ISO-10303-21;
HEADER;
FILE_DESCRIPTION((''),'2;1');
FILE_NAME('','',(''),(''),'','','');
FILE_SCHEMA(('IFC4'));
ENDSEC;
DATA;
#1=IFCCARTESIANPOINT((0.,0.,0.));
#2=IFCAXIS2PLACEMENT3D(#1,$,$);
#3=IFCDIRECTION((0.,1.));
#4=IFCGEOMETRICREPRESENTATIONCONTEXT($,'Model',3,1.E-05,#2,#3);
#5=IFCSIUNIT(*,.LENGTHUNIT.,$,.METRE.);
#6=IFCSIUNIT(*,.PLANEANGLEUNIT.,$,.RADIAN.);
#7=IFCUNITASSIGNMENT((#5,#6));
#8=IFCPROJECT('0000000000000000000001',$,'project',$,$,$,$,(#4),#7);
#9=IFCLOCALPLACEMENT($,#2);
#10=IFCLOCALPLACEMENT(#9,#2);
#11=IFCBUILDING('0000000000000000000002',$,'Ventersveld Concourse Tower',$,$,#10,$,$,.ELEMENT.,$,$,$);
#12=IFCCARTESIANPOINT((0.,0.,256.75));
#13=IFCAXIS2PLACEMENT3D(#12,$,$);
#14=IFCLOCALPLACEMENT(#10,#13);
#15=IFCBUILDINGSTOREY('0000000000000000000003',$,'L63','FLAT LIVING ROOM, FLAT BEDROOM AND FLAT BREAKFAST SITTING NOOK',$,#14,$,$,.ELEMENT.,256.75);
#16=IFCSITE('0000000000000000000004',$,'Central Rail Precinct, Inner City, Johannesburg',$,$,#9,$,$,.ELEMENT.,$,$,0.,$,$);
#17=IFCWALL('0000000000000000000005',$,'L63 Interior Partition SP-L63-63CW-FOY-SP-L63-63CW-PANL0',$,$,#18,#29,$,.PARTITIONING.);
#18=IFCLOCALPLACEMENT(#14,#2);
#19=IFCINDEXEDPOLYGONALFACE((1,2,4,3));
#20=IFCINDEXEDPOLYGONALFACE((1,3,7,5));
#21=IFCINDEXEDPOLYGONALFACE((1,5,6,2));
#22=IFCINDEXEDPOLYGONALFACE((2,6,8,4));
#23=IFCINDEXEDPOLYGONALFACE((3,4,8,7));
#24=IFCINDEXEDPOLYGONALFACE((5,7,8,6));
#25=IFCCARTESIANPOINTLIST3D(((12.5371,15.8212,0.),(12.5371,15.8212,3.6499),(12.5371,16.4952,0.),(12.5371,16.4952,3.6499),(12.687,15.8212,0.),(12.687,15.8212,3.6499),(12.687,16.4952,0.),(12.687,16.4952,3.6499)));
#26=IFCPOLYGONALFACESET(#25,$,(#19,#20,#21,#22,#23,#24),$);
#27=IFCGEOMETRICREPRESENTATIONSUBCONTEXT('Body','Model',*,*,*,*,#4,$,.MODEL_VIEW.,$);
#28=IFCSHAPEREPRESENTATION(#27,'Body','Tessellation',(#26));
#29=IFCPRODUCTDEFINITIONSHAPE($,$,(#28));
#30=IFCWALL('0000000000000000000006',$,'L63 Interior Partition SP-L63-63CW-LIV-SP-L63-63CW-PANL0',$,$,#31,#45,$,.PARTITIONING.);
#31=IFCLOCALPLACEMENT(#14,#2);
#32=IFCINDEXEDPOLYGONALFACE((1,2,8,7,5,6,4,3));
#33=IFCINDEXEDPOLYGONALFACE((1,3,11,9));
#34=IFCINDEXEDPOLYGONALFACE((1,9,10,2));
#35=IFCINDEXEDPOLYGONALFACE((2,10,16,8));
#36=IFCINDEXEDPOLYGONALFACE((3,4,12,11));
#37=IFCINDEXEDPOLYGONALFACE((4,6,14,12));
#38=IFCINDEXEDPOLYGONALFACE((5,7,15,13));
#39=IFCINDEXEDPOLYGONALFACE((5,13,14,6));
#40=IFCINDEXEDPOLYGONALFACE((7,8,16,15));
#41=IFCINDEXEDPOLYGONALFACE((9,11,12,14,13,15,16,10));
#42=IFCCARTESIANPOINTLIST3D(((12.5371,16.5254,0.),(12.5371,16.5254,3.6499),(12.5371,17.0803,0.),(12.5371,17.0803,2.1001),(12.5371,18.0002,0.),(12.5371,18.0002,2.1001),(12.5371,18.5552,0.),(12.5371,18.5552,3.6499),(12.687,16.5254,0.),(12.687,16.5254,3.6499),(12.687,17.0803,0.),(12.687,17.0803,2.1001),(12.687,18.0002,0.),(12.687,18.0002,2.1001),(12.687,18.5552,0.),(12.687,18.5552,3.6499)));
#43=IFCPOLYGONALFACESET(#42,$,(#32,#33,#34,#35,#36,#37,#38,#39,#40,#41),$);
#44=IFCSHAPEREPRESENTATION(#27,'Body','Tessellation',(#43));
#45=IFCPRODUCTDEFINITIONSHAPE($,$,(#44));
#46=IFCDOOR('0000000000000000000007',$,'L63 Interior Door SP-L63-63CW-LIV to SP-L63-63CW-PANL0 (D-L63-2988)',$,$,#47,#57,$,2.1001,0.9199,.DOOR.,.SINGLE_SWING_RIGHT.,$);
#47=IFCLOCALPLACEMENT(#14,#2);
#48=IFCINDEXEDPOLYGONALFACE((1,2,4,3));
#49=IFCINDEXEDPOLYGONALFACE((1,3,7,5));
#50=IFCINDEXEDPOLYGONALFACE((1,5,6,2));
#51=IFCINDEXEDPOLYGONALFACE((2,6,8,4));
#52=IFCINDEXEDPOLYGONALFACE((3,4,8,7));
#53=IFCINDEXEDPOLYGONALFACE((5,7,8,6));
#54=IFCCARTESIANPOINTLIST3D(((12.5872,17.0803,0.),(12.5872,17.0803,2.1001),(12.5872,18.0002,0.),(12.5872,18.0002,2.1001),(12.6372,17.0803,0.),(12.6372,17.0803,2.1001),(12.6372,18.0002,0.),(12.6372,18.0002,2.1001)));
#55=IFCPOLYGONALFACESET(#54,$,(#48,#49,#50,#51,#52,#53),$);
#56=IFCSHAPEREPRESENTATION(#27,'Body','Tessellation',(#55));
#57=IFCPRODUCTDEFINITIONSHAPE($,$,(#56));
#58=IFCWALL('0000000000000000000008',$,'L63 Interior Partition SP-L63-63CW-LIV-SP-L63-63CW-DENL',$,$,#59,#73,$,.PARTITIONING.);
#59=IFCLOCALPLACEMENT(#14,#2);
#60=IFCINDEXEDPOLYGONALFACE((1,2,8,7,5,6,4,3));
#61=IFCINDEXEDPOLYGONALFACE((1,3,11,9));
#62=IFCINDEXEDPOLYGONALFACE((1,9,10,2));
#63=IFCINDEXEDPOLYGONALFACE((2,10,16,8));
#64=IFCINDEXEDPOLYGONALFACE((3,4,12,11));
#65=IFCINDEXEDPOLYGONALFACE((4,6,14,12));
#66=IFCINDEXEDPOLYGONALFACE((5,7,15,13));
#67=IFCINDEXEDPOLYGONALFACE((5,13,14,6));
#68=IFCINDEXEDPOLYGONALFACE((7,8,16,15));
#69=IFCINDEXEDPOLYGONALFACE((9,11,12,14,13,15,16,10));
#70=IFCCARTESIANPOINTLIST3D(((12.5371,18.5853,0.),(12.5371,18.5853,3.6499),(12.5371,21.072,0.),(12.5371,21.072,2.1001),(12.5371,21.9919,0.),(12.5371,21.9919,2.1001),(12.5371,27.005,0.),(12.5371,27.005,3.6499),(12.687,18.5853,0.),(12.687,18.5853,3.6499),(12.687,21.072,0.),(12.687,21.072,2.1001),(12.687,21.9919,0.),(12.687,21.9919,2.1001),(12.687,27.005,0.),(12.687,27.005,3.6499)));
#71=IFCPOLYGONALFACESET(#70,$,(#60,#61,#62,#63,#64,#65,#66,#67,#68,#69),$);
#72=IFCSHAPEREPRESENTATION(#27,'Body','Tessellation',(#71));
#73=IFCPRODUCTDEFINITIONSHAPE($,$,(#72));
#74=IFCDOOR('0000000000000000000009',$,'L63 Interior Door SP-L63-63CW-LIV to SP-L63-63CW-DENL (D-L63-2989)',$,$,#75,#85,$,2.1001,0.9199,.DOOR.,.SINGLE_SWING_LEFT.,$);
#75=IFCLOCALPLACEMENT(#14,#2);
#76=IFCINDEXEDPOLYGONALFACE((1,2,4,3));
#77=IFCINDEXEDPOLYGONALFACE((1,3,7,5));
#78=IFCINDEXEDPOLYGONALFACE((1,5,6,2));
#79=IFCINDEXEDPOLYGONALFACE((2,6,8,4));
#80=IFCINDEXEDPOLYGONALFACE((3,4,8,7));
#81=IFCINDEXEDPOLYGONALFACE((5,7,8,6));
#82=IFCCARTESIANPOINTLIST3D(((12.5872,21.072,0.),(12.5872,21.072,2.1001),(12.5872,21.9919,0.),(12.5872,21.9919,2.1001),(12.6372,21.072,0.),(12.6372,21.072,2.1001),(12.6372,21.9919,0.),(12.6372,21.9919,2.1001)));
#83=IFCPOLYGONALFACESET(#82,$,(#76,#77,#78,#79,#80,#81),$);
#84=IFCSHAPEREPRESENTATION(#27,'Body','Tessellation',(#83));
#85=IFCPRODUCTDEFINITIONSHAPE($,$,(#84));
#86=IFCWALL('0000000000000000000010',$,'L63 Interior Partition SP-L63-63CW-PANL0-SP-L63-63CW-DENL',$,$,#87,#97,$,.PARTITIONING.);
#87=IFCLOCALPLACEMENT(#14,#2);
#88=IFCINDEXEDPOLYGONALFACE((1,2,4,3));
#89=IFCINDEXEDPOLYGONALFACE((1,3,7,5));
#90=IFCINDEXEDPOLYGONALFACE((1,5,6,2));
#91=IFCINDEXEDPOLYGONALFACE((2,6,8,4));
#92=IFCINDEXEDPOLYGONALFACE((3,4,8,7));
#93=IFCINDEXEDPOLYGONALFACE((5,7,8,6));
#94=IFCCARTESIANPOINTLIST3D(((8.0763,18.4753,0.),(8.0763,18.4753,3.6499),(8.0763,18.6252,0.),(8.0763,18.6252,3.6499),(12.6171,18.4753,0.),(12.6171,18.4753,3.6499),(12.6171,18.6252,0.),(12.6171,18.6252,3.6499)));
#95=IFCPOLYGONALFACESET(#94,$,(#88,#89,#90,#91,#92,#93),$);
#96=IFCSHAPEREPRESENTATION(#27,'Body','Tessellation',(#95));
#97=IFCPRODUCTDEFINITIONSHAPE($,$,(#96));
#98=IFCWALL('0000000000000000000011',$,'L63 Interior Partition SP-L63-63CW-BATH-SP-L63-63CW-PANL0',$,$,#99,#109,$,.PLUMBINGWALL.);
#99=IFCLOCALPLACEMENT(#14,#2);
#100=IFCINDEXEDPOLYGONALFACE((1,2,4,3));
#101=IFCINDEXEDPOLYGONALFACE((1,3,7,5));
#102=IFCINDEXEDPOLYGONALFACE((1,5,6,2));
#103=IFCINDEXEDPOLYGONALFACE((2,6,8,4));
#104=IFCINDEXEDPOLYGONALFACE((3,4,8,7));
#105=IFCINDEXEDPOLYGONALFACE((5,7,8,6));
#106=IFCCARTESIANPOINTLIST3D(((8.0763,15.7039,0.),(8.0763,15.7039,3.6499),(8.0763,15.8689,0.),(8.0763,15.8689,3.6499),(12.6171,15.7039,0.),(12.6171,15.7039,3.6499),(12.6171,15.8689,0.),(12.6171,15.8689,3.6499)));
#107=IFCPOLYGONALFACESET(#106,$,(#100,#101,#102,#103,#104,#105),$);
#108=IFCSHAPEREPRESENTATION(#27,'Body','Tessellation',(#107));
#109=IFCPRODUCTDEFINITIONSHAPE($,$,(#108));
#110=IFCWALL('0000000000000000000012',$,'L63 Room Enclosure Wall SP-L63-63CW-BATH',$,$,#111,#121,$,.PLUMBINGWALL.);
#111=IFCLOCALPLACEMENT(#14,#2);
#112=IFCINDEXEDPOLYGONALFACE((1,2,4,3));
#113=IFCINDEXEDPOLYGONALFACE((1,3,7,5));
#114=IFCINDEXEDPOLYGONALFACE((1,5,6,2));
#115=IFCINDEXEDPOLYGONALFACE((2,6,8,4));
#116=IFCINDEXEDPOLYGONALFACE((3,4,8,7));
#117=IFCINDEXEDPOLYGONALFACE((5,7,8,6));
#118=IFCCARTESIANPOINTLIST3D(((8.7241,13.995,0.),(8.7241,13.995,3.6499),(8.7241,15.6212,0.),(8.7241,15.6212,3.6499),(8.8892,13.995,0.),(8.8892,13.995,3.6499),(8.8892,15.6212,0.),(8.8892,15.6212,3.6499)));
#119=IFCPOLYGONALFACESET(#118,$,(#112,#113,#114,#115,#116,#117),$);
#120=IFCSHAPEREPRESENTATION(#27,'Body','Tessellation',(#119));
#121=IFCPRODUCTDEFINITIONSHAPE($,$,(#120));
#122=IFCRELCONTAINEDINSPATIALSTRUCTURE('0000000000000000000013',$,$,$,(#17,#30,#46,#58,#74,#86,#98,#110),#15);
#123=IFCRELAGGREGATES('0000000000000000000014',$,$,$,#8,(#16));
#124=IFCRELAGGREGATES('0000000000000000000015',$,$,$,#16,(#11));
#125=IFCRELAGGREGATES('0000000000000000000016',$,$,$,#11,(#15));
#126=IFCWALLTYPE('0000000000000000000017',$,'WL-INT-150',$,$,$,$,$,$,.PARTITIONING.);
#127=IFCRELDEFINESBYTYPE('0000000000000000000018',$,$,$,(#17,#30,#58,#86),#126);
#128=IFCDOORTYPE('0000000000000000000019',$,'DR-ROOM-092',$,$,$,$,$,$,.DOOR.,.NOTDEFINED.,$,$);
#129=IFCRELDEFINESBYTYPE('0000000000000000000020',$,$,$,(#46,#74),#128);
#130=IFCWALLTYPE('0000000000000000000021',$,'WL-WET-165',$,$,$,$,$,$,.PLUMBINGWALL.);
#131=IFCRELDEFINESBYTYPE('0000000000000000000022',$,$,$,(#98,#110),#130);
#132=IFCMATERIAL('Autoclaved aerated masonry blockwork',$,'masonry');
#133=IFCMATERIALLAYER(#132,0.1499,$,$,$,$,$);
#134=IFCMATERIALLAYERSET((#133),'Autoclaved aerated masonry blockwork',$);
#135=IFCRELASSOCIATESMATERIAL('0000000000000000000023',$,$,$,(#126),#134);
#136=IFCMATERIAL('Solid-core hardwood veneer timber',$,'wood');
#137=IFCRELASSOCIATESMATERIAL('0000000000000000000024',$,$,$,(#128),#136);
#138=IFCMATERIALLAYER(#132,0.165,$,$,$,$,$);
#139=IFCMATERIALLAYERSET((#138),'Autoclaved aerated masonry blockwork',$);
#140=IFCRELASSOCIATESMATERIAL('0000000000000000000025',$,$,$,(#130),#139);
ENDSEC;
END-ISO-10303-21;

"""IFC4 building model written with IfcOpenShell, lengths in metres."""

from ifc_helpers import new_model, si_unit, direction, frame, frame_2d, origin, place, context, subcontext, project, spatial, rectangle, extrude, material, layer, layer_set, type_object, element, fill, save


model = new_model("IFC4")

# Units and contexts
model_context = context("Model", 3, precision=1e-05, world=origin(), true_north=direction((0.0, 1.0)))
body_context = subcontext(model_context, "Body", "Model", "MODEL_VIEW")
ifc_project = project(units=[si_unit("LENGTHUNIT", "METRE"), si_unit("PLANEANGLEUNIT", "RADIAN")], contexts=[model_context])

# Site, building, storey
site_placement = place(None, origin())
site = spatial("IfcSite", under=ifc_project, at=site_placement, Name="Central Rail Precinct, Inner City, Johannesburg", CompositionType="ELEMENT", RefElevation=0.0)
building_placement = place(site_placement, origin())
building = spatial("IfcBuilding", under=site, at=building_placement, Name="Ventersveld Concourse Tower", CompositionType="ELEMENT")
storey_placement = place(building_placement, frame((0.0, 0.0, 256.75)))
storey = spatial("IfcBuildingStorey", under=building, at=storey_placement, Name="L63", Description="FLAT LIVING ROOM, FLAT BEDROOM AND FLAT BREAKFAST SITTING NOOK", CompositionType="ELEMENT", Elevation=256.75)

# Shared definitions
ifc_material_1 = material(Name="Solid-core hardwood veneer timber", Category="wood")

# Shared definitions
ifc_material_2 = material(Name="Autoclaved aerated masonry blockwork", Category="masonry")
ifc_layer_1 = layer(ifc_material_2, 0.1499)
ifc_layer_set_1 = layer_set([ifc_layer_1], Name="Autoclaved aerated masonry blockwork")
wall_type_1 = type_object("IfcWallType", Name="WL-INT-150", PredefinedType="PARTITIONING", material=ifc_layer_set_1)
door_type_1 = type_object("IfcDoorType", Name="DR-ROOM-092", OperationType="NOTDEFINED", PredefinedType="DOOR", material=ifc_material_1)

# Wall
wall_1_placement = place(storey_placement, frame((12.6121, 15.8213, 0.0), z_axis=(0.0, 0.0, 1.0), x_axis=(0.0, 1.0, 0.0)))
element("IfcWall", 1, at=wall_1_placement, inside=storey, type_object=wall_type_1, Name="L63 Interior Partition SP-L63-63CW-FOY-SP-L63-63CW-PANL0", PredefinedType="PARTITIONING", context=body_context, shape_type="SweptSolid", body=[
    extrude(rectangle(XDim=0.6741, YDim=0.1499, at=frame_2d((0.3369, 0.0))), origin(), (0.0, 0.0, 1.0), 3.6499),
])

# Walls, openings, doors
wall_2_placement = place(storey_placement, frame((12.6121, 16.5254, 0.0), z_axis=(0.0, 0.0, 1.0), x_axis=(0.0, 1.0, 0.0)))
wall_2 = element("IfcWall", 2, at=wall_2_placement, inside=storey, type_object=wall_type_1, Name="L63 Interior Partition SP-L63-63CW-LIV-SP-L63-63CW-PANL0", PredefinedType="PARTITIONING", context=body_context, shape_type="SweptSolid", body=[
    extrude(rectangle(XDim=2.0298, YDim=0.1499, at=frame_2d((1.0149, 0.0))), origin(), (0.0, 0.0, 1.0), 3.6499),
])
opening_1_placement = place(wall_2_placement, frame((0.5549, 0.0, 0.0)))
opening_1 = element("IfcOpeningElement", 3, at=opening_1_placement, cuts=wall_2, PredefinedType="OPENING", context=body_context, shape_type="SweptSolid", body=[
    extrude(rectangle(XDim=0.9199, YDim=2.1001, at=frame_2d((0.46, 1.05))), frame((0.0, 0.085, 0.0), z_axis=(0.0, -1.0, 0.0), x_axis=(1.0, 0.0, 0.0)), (0.0, 0.0, 1.0), 0.1699),
])
door_1_placement = place(opening_1_placement, origin())
door_1 = element("IfcDoor", 4, at=door_1_placement, inside=storey, type_object=door_type_1, Name="L63 Interior Door SP-L63-63CW-LIV to SP-L63-63CW-PANL0 (D-L63-2988)", OperationType="SINGLE_SWING_RIGHT", OverallHeight=2.1001, OverallWidth=0.9199, PredefinedType="DOOR", context=body_context, shape_type="SweptSolid", body=[
    extrude(rectangle(XDim=0.9199, YDim=2.1001, at=frame_2d((0.46, 1.05))), frame((0.0, 0.0249, 0.0), z_axis=(0.0, -1.0, 0.0), x_axis=(1.0, 0.0, 0.0)), (0.0, 0.0, 1.0), 0.05),
])
fill(opening_1, door_1)
wall_3_placement = place(storey_placement, frame((12.6121, 18.5852, 0.0), z_axis=(0.0, 0.0, 1.0), x_axis=(0.0, 1.0, 0.0)))
wall_3 = element("IfcWall", 5, at=wall_3_placement, inside=storey, type_object=wall_type_1, Name="L63 Interior Partition SP-L63-63CW-LIV-SP-L63-63CW-DENL", PredefinedType="PARTITIONING", context=body_context, shape_type="SweptSolid", body=[
    extrude(rectangle(XDim=8.4197, YDim=0.1499, at=frame_2d((4.21, 0.0))), origin(), (0.0, 0.0, 1.0), 3.6499),
])
opening_2_placement = place(wall_3_placement, frame((2.4868, 0.0, 0.0)))
opening_2 = element("IfcOpeningElement", 6, at=opening_2_placement, cuts=wall_3, PredefinedType="OPENING", context=body_context, shape_type="SweptSolid", body=[
    extrude(rectangle(XDim=0.9199, YDim=2.1001, at=frame_2d((0.46, 1.05))), frame((0.0, 0.085, 0.0), z_axis=(0.0, -1.0, 0.0), x_axis=(1.0, 0.0, 0.0)), (0.0, 0.0, 1.0), 0.1699),
])
door_2_placement = place(opening_2_placement, origin())
door_2 = element("IfcDoor", 7, at=door_2_placement, inside=storey, type_object=door_type_1, Name="L63 Interior Door SP-L63-63CW-LIV to SP-L63-63CW-DENL (D-L63-2989)", OperationType="SINGLE_SWING_LEFT", OverallHeight=2.1001, OverallWidth=0.9199, PredefinedType="DOOR", context=body_context, shape_type="SweptSolid", body=[
    extrude(rectangle(XDim=0.9199, YDim=2.1001, at=frame_2d((0.46, 1.05))), frame((0.0, 0.0249, 0.0), z_axis=(0.0, -1.0, 0.0), x_axis=(1.0, 0.0, 0.0)), (0.0, 0.0, 1.0), 0.05),
])
fill(opening_2, door_2)

# Walls
wall_4_placement = place(storey_placement, frame((8.0762, 18.5503, 0.0), z_axis=(0.0, 0.0, 1.0), x_axis=(1.0, 0.0, 0.0)))
element("IfcWall", 8, at=wall_4_placement, inside=storey, type_object=wall_type_1, Name="L63 Interior Partition SP-L63-63CW-PANL0-SP-L63-63CW-DENL", PredefinedType="PARTITIONING", context=body_context, shape_type="SweptSolid", body=[
    extrude(rectangle(XDim=4.5408, YDim=0.1499, at=frame_2d((2.2705, 0.0))), origin(), (0.0, 0.0, 1.0), 3.6499),
])
ifc_layer_2 = layer(ifc_material_2, 0.165)
ifc_layer_set_2 = layer_set([ifc_layer_2], Name="Autoclaved aerated masonry blockwork")
wall_type_2 = type_object("IfcWallType", Name="WL-WET-165", PredefinedType="PLUMBINGWALL", material=ifc_layer_set_2)
wall_5_placement = place(storey_placement, frame((8.0762, 15.7864, 0.0), z_axis=(0.0, 0.0, 1.0), x_axis=(1.0, 0.0, 0.0)))
element("IfcWall", 9, at=wall_5_placement, inside=storey, type_object=wall_type_2, Name="L63 Interior Partition SP-L63-63CW-BATH-SP-L63-63CW-PANL0", PredefinedType="PLUMBINGWALL", context=body_context, shape_type="SweptSolid", body=[
    extrude(rectangle(XDim=4.5408, YDim=0.165, at=frame_2d((2.2705, 0.0))), origin(), (0.0, 0.0, 1.0), 3.6499),
])
wall_6_placement = place(storey_placement, frame((8.8066, 13.9951, 0.0), z_axis=(0.0, 0.0, 1.0), x_axis=(0.0, 1.0, 0.0)))
element("IfcWall", 10, at=wall_6_placement, inside=storey, type_object=wall_type_2, Name="L63 Room Enclosure Wall SP-L63-63CW-BATH", PredefinedType="PLUMBINGWALL", context=body_context, shape_type="SweptSolid", body=[
    extrude(rectangle(XDim=1.6262, YDim=0.165, at=frame_2d((0.813, 0.0))), origin(), (0.0, 0.0, 1.0), 3.6499),
])

save(model, "model.ifc")
